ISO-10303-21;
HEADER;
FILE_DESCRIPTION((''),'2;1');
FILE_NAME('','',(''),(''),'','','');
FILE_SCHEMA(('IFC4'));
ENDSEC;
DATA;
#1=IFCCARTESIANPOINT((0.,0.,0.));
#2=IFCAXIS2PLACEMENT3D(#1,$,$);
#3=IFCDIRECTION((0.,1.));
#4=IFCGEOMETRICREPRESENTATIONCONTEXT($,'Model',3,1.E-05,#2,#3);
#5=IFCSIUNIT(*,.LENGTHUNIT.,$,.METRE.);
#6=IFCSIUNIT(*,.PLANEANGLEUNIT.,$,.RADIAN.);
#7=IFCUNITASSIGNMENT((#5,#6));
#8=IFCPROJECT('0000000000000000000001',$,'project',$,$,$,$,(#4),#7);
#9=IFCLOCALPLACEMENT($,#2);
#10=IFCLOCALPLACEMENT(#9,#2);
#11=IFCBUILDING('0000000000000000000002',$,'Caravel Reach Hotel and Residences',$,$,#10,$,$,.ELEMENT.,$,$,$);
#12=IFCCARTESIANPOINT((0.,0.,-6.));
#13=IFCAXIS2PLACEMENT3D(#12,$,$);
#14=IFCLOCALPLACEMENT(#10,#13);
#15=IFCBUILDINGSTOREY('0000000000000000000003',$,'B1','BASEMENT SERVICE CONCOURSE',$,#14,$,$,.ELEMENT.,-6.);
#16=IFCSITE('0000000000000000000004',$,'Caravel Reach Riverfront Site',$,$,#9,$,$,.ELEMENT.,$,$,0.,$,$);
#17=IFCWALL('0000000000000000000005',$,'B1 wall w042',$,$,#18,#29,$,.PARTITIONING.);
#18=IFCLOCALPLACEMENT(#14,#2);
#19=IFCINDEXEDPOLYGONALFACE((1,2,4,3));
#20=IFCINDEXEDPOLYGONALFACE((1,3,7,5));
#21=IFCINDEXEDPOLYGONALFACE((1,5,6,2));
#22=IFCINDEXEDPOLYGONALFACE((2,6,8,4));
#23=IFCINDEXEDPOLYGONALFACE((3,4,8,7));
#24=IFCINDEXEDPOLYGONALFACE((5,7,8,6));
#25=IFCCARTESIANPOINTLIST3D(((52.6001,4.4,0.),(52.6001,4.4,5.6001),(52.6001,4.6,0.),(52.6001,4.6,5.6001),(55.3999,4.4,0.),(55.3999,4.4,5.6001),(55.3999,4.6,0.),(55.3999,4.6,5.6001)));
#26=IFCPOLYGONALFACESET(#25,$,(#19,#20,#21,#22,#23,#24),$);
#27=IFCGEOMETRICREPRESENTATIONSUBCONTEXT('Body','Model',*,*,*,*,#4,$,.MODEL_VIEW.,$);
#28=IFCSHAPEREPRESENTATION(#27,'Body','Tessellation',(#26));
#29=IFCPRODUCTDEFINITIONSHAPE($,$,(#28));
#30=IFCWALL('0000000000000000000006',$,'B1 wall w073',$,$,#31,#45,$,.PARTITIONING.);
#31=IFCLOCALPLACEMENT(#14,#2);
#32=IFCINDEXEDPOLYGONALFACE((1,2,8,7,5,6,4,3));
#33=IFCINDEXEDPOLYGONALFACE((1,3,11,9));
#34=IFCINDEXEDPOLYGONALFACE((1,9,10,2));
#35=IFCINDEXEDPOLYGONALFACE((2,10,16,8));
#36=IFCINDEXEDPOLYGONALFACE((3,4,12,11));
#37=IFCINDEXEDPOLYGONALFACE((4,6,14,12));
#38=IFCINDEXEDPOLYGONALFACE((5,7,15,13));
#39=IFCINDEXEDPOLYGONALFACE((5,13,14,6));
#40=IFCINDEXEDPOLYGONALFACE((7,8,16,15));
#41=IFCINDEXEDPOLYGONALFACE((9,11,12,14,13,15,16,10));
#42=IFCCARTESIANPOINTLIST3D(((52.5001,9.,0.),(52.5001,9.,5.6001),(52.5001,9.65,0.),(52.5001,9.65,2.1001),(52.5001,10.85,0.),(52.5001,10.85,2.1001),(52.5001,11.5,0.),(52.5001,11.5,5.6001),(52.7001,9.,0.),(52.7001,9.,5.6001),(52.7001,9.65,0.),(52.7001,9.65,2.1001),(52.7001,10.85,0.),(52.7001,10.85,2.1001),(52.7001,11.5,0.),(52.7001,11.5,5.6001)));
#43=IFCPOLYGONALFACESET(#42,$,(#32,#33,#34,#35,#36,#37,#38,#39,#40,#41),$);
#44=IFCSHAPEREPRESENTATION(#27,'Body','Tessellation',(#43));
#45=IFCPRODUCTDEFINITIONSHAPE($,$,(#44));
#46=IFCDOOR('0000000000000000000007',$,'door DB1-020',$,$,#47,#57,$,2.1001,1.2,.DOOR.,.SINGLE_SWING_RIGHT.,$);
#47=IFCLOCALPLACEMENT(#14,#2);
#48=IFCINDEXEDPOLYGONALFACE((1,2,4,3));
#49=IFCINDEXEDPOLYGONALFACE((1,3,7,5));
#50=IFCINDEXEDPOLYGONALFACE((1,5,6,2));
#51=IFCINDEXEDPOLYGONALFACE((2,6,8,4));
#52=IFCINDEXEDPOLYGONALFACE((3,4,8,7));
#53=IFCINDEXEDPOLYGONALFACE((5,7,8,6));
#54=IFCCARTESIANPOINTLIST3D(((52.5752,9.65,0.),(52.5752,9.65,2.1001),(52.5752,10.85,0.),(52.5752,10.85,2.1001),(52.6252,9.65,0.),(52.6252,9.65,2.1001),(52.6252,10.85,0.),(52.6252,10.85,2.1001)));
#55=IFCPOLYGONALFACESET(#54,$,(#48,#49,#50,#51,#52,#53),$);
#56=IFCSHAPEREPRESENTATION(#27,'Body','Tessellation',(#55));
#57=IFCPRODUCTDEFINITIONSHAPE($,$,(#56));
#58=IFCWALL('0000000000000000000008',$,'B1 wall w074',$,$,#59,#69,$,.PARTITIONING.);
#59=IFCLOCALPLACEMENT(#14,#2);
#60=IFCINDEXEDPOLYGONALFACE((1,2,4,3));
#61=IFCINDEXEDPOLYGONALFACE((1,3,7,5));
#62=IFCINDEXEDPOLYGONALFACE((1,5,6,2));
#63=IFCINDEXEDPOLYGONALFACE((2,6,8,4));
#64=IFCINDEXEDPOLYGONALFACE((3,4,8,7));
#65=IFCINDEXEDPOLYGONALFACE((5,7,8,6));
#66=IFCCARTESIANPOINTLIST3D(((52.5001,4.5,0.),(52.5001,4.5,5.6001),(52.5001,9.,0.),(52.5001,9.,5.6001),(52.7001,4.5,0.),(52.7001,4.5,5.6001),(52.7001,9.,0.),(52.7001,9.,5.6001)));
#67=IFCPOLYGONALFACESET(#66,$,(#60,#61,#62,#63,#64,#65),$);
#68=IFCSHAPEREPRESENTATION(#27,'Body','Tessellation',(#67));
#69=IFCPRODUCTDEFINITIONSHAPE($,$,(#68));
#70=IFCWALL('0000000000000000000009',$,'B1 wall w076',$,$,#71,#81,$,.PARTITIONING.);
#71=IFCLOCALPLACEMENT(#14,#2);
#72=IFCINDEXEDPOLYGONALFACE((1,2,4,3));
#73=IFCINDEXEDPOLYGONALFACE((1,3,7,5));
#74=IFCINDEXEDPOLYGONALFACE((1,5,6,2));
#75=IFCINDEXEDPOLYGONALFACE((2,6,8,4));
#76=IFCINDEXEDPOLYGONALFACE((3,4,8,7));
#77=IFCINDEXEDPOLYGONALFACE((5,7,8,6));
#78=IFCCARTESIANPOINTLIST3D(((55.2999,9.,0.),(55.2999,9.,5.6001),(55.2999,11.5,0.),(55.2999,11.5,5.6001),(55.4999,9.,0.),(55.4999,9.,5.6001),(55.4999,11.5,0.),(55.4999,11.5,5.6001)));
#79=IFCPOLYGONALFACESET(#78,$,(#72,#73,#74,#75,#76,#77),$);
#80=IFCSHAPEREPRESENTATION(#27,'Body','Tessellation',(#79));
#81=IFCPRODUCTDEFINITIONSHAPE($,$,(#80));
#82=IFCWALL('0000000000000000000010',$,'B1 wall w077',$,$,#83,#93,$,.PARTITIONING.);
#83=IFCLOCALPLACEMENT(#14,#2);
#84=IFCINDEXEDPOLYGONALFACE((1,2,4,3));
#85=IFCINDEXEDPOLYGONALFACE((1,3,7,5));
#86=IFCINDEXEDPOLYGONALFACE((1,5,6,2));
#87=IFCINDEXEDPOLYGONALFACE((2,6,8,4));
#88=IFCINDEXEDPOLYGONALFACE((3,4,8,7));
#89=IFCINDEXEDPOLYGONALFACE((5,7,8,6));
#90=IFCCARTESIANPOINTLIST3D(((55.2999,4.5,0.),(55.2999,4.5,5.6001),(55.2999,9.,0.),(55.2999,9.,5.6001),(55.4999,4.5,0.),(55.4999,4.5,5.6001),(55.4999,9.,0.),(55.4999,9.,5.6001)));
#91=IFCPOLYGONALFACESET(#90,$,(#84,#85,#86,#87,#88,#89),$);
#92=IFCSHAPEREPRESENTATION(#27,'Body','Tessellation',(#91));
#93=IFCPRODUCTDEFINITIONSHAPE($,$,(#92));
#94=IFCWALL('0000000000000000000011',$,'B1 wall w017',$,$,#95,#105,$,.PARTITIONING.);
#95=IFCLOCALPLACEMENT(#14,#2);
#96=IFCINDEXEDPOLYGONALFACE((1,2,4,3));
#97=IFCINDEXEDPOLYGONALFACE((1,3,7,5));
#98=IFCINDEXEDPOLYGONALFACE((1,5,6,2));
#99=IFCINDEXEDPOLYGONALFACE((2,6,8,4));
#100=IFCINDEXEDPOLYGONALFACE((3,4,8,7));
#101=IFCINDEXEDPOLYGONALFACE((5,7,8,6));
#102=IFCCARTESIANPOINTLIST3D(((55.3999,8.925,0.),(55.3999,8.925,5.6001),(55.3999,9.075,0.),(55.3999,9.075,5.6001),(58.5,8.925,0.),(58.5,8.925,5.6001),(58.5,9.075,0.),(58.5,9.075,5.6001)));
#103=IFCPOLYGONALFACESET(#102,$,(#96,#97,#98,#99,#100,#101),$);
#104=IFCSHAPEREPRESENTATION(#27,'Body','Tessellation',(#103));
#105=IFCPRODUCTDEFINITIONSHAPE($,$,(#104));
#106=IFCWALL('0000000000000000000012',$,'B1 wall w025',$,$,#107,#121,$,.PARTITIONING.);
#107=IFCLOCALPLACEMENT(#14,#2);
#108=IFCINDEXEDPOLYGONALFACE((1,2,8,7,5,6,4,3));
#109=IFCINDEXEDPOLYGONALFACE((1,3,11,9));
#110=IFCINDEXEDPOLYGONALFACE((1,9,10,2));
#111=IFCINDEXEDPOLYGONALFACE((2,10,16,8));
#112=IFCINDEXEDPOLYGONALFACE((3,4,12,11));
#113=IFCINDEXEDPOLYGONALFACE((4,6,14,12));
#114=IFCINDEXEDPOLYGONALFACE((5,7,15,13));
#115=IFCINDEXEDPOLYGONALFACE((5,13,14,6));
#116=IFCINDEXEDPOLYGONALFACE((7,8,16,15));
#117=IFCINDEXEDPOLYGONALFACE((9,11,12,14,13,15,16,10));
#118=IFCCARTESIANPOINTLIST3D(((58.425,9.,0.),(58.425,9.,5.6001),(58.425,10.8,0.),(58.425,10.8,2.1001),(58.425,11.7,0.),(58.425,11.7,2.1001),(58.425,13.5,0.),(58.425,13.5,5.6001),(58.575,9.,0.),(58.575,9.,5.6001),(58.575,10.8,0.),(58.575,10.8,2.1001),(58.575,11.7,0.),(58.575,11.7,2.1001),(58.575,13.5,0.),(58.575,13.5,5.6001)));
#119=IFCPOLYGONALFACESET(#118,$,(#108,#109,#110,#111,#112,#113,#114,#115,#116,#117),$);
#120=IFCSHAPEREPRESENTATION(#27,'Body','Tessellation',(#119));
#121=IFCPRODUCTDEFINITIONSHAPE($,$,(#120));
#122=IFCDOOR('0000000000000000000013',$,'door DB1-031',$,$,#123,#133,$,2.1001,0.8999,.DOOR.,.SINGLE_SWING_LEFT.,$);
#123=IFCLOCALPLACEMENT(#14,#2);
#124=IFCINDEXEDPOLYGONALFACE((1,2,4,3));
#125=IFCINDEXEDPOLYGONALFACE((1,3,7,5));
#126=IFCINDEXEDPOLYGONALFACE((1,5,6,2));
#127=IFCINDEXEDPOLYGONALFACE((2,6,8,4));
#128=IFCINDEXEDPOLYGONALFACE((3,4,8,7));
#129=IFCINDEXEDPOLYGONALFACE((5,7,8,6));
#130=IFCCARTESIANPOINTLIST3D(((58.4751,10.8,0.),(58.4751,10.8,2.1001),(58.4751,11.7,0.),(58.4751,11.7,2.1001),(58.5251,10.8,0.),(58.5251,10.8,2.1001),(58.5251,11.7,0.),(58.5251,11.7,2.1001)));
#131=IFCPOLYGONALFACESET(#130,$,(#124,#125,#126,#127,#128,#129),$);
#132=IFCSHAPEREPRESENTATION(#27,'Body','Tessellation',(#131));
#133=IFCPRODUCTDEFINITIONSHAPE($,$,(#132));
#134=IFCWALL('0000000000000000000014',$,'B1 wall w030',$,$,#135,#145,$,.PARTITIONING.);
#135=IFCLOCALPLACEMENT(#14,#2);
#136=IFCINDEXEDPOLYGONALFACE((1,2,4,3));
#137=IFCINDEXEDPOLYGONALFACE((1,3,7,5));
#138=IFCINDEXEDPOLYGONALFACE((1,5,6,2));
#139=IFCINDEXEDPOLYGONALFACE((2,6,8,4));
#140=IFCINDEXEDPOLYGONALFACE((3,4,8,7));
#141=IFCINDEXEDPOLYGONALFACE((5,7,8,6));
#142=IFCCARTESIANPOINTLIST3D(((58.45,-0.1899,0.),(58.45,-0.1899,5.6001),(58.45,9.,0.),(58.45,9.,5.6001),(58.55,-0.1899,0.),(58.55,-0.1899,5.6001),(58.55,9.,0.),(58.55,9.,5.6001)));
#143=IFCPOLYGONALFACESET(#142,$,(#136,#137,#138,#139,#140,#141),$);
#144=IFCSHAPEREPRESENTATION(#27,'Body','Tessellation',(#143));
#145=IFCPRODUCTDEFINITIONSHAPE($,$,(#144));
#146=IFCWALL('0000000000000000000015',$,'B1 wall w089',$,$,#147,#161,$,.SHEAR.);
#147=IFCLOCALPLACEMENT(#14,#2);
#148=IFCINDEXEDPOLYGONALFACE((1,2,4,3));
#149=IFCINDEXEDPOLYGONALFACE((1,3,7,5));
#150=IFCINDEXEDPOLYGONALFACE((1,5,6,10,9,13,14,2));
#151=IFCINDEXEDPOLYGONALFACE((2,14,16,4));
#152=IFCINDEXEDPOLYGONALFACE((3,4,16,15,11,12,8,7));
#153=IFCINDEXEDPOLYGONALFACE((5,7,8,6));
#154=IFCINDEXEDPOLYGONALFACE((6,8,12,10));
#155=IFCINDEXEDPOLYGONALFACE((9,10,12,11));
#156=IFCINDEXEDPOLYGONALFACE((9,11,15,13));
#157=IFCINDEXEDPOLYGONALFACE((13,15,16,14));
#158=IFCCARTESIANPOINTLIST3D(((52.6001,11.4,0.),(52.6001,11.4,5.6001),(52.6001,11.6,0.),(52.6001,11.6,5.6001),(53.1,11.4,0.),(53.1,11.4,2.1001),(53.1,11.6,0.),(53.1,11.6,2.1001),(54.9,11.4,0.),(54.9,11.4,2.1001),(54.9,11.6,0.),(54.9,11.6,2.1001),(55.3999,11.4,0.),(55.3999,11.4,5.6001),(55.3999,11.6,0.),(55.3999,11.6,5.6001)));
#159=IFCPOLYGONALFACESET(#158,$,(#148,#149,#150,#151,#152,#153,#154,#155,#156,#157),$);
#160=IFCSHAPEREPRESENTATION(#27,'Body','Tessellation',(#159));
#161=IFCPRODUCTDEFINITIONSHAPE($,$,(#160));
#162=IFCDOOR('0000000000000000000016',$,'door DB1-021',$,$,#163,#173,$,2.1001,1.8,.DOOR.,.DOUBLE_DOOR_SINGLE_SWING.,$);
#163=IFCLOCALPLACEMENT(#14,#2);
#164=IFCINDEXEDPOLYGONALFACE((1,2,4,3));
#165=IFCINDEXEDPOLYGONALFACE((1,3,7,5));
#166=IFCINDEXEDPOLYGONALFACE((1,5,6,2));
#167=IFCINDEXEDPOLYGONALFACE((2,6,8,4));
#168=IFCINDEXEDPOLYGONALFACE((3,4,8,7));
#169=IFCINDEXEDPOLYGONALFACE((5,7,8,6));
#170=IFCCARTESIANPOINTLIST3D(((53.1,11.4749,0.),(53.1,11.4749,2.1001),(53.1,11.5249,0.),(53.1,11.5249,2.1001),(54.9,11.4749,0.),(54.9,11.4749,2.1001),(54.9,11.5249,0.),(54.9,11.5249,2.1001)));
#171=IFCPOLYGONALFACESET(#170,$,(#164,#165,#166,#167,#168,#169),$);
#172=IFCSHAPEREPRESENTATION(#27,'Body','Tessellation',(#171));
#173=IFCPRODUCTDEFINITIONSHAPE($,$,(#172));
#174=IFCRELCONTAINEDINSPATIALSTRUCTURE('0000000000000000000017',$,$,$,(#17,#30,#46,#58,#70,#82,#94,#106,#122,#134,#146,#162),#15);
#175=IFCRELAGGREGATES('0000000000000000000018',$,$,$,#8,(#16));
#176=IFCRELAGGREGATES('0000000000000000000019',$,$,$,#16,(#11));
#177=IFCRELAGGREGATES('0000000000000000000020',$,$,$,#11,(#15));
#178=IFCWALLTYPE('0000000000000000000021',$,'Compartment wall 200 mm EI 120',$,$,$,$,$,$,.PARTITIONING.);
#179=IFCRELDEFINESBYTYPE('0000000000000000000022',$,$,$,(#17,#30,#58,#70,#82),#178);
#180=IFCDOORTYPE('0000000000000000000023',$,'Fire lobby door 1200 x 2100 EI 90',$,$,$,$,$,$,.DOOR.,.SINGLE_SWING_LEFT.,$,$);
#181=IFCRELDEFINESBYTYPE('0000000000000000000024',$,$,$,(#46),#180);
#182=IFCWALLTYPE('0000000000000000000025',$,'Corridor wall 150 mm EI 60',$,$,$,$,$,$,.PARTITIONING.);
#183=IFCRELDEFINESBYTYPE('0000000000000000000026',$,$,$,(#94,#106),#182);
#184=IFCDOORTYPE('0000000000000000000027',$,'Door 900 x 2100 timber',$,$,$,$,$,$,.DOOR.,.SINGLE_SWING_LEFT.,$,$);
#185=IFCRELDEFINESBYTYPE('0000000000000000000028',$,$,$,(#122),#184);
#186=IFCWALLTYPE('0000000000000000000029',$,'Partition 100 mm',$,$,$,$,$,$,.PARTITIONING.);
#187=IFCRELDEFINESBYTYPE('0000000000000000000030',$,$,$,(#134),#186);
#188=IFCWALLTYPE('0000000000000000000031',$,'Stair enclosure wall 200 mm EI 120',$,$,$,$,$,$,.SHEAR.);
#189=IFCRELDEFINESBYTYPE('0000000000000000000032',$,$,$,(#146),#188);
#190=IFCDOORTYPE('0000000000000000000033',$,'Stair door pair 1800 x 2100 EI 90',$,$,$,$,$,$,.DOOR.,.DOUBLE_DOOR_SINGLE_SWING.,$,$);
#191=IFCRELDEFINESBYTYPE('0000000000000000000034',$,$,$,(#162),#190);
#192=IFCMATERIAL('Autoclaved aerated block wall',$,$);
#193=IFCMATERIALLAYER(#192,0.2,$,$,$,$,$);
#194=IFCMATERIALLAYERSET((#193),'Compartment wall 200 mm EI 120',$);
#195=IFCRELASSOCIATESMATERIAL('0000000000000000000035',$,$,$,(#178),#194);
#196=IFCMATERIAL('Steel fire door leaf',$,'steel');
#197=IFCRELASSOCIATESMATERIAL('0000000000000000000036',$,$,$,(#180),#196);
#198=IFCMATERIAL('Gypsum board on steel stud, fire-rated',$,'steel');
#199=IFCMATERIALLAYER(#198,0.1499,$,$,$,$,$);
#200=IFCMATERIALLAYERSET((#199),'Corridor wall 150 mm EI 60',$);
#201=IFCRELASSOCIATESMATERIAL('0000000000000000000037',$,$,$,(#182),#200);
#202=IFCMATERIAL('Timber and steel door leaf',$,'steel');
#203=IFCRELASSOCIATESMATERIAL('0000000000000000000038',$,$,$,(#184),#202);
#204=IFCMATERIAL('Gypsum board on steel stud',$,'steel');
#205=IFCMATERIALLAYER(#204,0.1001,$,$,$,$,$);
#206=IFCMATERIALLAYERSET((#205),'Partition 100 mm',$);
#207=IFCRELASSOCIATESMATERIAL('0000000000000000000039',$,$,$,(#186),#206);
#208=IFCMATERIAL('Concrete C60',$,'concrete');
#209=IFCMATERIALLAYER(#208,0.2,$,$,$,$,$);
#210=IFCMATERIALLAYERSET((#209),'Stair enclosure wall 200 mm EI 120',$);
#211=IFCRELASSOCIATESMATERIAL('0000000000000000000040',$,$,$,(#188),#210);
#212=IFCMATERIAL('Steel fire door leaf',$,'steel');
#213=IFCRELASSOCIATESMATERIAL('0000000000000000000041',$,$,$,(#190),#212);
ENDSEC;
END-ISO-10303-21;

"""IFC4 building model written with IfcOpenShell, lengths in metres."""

from ifc_helpers import new_model, si_unit, direction, frame, frame_2d, origin, place, context, subcontext, project, spatial, rectangle, extrude, material, layer, layer_set, type_object, element, fill, save


model = new_model("IFC4")

# Units and contexts
model_context = context("Model", 3, precision=1e-05, world=origin(), true_north=direction((0.0, 1.0)))
body_context = subcontext(model_context, "Body", "Model", "MODEL_VIEW")
ifc_project = project(units=[si_unit("LENGTHUNIT", "METRE"), si_unit("PLANEANGLEUNIT", "RADIAN")], contexts=[model_context])

# Site, building, storey
site_placement = place(None, origin())
site = spatial("IfcSite", under=ifc_project, at=site_placement, Name="Caravel Reach Riverfront Site", CompositionType="ELEMENT", RefElevation=0.0)
building_placement = place(site_placement, origin())
building = spatial("IfcBuilding", under=site, at=building_placement, Name="Caravel Reach Hotel and Residences", CompositionType="ELEMENT")
storey_placement = place(building_placement, frame((0.0, 0.0, -6.0)))
storey = spatial("IfcBuildingStorey", under=building, at=storey_placement, Name="B1", Description="BASEMENT SERVICE CONCOURSE", CompositionType="ELEMENT", Elevation=-6.0)

# Wall
ifc_material_1 = material(Name="Autoclaved aerated block wall")
ifc_layer_1 = layer(ifc_material_1, 0.2)
ifc_layer_set_1 = layer_set([ifc_layer_1], Name="Compartment wall 200 mm EI 120")
wall_type_1 = type_object("IfcWallType", Name="Compartment wall 200 mm EI 120", PredefinedType="PARTITIONING", material=ifc_layer_set_1)
wall_1_placement = place(storey_placement, frame((52.6001, 4.5, 0.0), z_axis=(0.0, 0.0, 1.0), x_axis=(1.0, 0.0, 0.0)))
element("IfcWall", 1, at=wall_1_placement, inside=storey, type_object=wall_type_1, Name="B1 wall w042", PredefinedType="PARTITIONING", context=body_context, shape_type="SweptSolid", body=[
    extrude(rectangle(XDim=2.7998, YDim=0.2, at=frame_2d((1.3999, 0.0))), origin(), (0.0, 0.0, 1.0), 5.6001),
])

# Wall, opening, door
wall_2_placement = place(storey_placement, frame((52.6001, 9.0, 0.0), z_axis=(0.0, 0.0, 1.0), x_axis=(0.0, 1.0, 0.0)))
wall_2 = element("IfcWall", 2, at=wall_2_placement, inside=storey, type_object=wall_type_1, Name="B1 wall w073", PredefinedType="PARTITIONING", context=body_context, shape_type="SweptSolid", body=[
    extrude(rectangle(XDim=2.5, YDim=0.2, at=frame_2d((1.25, 0.0))), origin(), (0.0, 0.0, 1.0), 5.6001),
])
opening_1_placement = place(wall_2_placement, frame((0.6499, 0.0, 0.0)))
opening_1 = element("IfcOpeningElement", 3, at=opening_1_placement, cuts=wall_2, PredefinedType="OPENING", context=body_context, shape_type="SweptSolid", body=[
    extrude(rectangle(XDim=1.2, YDim=2.1001, at=frame_2d((0.6001, 1.05))), frame((0.0, 0.1099, 0.0), z_axis=(0.0, -1.0, 0.0), x_axis=(1.0, 0.0, 0.0)), (0.0, 0.0, 1.0), 0.22),
])
ifc_material_2 = material(Name="Steel fire door leaf", Category="steel")
door_type_1 = type_object("IfcDoorType", Name="Fire lobby door 1200 x 2100 EI 90", OperationType="SINGLE_SWING_LEFT", PredefinedType="DOOR", material=ifc_material_2)
door_1_placement = place(opening_1_placement, origin())
door_1 = element("IfcDoor", 4, at=door_1_placement, inside=storey, type_object=door_type_1, Name="door DB1-020", OperationType="SINGLE_SWING_RIGHT", OverallHeight=2.1001, OverallWidth=1.2, PredefinedType="DOOR", context=body_context, shape_type="SweptSolid", body=[
    extrude(rectangle(XDim=1.2, YDim=2.1001, at=frame_2d((0.6001, 1.05))), frame((0.0, 0.0249, 0.0), z_axis=(0.0, -1.0, 0.0), x_axis=(1.0, 0.0, 0.0)), (0.0, 0.0, 1.0), 0.05),
])
fill(opening_1, door_1)

# Walls
wall_3_placement = place(storey_placement, frame((52.6001, 4.5, 0.0), z_axis=(0.0, 0.0, 1.0), x_axis=(0.0, 1.0, 0.0)))
element("IfcWall", 5, at=wall_3_placement, inside=storey, type_object=wall_type_1, Name="B1 wall w074", PredefinedType="PARTITIONING", context=body_context, shape_type="SweptSolid", body=[
    extrude(rectangle(XDim=4.5, YDim=0.2, at=frame_2d((2.25, 0.0))), origin(), (0.0, 0.0, 1.0), 5.6001),
])
wall_4_placement = place(storey_placement, frame((55.3999, 9.0, 0.0), z_axis=(0.0, 0.0, 1.0), x_axis=(0.0, 1.0, 0.0)))
element("IfcWall", 6, at=wall_4_placement, inside=storey, type_object=wall_type_1, Name="B1 wall w076", PredefinedType="PARTITIONING", context=body_context, shape_type="SweptSolid", body=[
    extrude(rectangle(XDim=2.5, YDim=0.2, at=frame_2d((1.25, 0.0))), origin(), (0.0, 0.0, 1.0), 5.6001),
])
wall_5_placement = place(storey_placement, frame((55.3999, 4.5, 0.0), z_axis=(0.0, 0.0, 1.0), x_axis=(0.0, 1.0, 0.0)))
element("IfcWall", 7, at=wall_5_placement, inside=storey, type_object=wall_type_1, Name="B1 wall w077", PredefinedType="PARTITIONING", context=body_context, shape_type="SweptSolid", body=[
    extrude(rectangle(XDim=4.5, YDim=0.2, at=frame_2d((2.25, 0.0))), origin(), (0.0, 0.0, 1.0), 5.6001),
])
ifc_material_3 = material(Name="Gypsum board on steel stud, fire-rated", Category="steel")
ifc_layer_2 = layer(ifc_material_3, 0.1499)
ifc_layer_set_2 = layer_set([ifc_layer_2], Name="Corridor wall 150 mm EI 60")
wall_type_2 = type_object("IfcWallType", Name="Corridor wall 150 mm EI 60", PredefinedType="PARTITIONING", material=ifc_layer_set_2)
wall_6_placement = place(storey_placement, frame((55.3999, 9.0, 0.0), z_axis=(0.0, 0.0, 1.0), x_axis=(1.0, 0.0, 0.0)))
element("IfcWall", 8, at=wall_6_placement, inside=storey, type_object=wall_type_2, Name="B1 wall w017", PredefinedType="PARTITIONING", context=body_context, shape_type="SweptSolid", body=[
    extrude(rectangle(XDim=3.1001, YDim=0.1499, at=frame_2d((1.55, 0.0))), origin(), (0.0, 0.0, 1.0), 5.6001),
])

# Wall, opening, door
wall_7_placement = place(storey_placement, frame((58.5, 9.0, 0.0), z_axis=(0.0, 0.0, 1.0), x_axis=(0.0, 1.0, 0.0)))
wall_7 = element("IfcWall", 9, at=wall_7_placement, inside=storey, type_object=wall_type_2, Name="B1 wall w025", PredefinedType="PARTITIONING", context=body_context, shape_type="SweptSolid", body=[
    extrude(rectangle(XDim=4.5, YDim=0.1499, at=frame_2d((2.25, 0.0))), origin(), (0.0, 0.0, 1.0), 5.6001),
])
opening_2_placement = place(wall_7_placement, frame((1.8, 0.0, 0.0)))
opening_2 = element("IfcOpeningElement", 10, at=opening_2_placement, cuts=wall_7, PredefinedType="OPENING", context=body_context, shape_type="SweptSolid", body=[
    extrude(rectangle(XDim=0.8999, YDim=2.1001, at=frame_2d((0.45, 1.05))), frame((0.0, 0.085, 0.0), z_axis=(0.0, -1.0, 0.0), x_axis=(1.0, 0.0, 0.0)), (0.0, 0.0, 1.0), 0.1699),
])
ifc_material_4 = material(Name="Timber and steel door leaf", Category="steel")
door_type_2 = type_object("IfcDoorType", Name="Door 900 x 2100 timber", OperationType="SINGLE_SWING_LEFT", PredefinedType="DOOR", material=ifc_material_4)
door_2_placement = place(opening_2_placement, origin())
door_2 = element("IfcDoor", 11, at=door_2_placement, inside=storey, type_object=door_type_2, Name="door DB1-031", OperationType="SINGLE_SWING_LEFT", OverallHeight=2.1001, OverallWidth=0.8999, PredefinedType="DOOR", context=body_context, shape_type="SweptSolid", body=[
    extrude(rectangle(XDim=0.8999, YDim=2.1001, at=frame_2d((0.45, 1.05))), frame((0.0, 0.0249, 0.0), z_axis=(0.0, -1.0, 0.0), x_axis=(1.0, 0.0, 0.0)), (0.0, 0.0, 1.0), 0.05),
])
fill(opening_2, door_2)

# Wall
ifc_material_5 = material(Name="Gypsum board on steel stud", Category="steel")
ifc_layer_3 = layer(ifc_material_5, 0.1001)
ifc_layer_set_3 = layer_set([ifc_layer_3], Name="Partition 100 mm")
wall_type_3 = type_object("IfcWallType", Name="Partition 100 mm", PredefinedType="PARTITIONING", material=ifc_layer_set_3)
wall_8_placement = place(storey_placement, frame((58.5, -0.1899, 0.0), z_axis=(0.0, 0.0, 1.0), x_axis=(0.0, 1.0, 0.0)))
element("IfcWall", 12, at=wall_8_placement, inside=storey, type_object=wall_type_3, Name="B1 wall w030", PredefinedType="PARTITIONING", context=body_context, shape_type="SweptSolid", body=[
    extrude(rectangle(XDim=9.1899, YDim=0.1001, at=frame_2d((4.595, 0.0))), origin(), (0.0, 0.0, 1.0), 5.6001),
])

# Wall, opening, door
ifc_material_6 = material(Name="Concrete C60", Category="concrete")
ifc_layer_4 = layer(ifc_material_6, 0.2)
ifc_layer_set_4 = layer_set([ifc_layer_4], Name="Stair enclosure wall 200 mm EI 120")
wall_type_4 = type_object("IfcWallType", Name="Stair enclosure wall 200 mm EI 120", PredefinedType="SHEAR", material=ifc_layer_set_4)
wall_9_placement = place(storey_placement, frame((52.6001, 11.5, 0.0), z_axis=(0.0, 0.0, 1.0), x_axis=(1.0, 0.0, 0.0)))
wall_9 = element("IfcWall", 13, at=wall_9_placement, inside=storey, type_object=wall_type_4, Name="B1 wall w089", PredefinedType="SHEAR", context=body_context, shape_type="SweptSolid", body=[
    extrude(rectangle(XDim=2.7998, YDim=0.2, at=frame_2d((1.3999, 0.0))), origin(), (0.0, 0.0, 1.0), 5.6001),
])
opening_3_placement = place(wall_9_placement, frame((0.5, 0.0, 0.0)))
opening_3 = element("IfcOpeningElement", 14, at=opening_3_placement, cuts=wall_9, PredefinedType="OPENING", context=body_context, shape_type="SweptSolid", body=[
    extrude(rectangle(XDim=1.8, YDim=2.1001, at=frame_2d((0.8999, 1.05))), frame((0.0, 0.1099, 0.0), z_axis=(0.0, -1.0, 0.0), x_axis=(1.0, 0.0, 0.0)), (0.0, 0.0, 1.0), 0.22),
])
ifc_material_7 = material(Name="Steel fire door leaf", Category="steel")
door_type_3 = type_object("IfcDoorType", Name="Stair door pair 1800 x 2100 EI 90", OperationType="DOUBLE_DOOR_SINGLE_SWING", PredefinedType="DOOR", material=ifc_material_7)
door_3_placement = place(opening_3_placement, origin())
door_3 = element("IfcDoor", 15, at=door_3_placement, inside=storey, type_object=door_type_3, Name="door DB1-021", OperationType="DOUBLE_DOOR_SINGLE_SWING", OverallHeight=2.1001, OverallWidth=1.8, PredefinedType="DOOR", context=body_context, shape_type="SweptSolid", body=[
    extrude(rectangle(XDim=1.8, YDim=2.1001, at=frame_2d((0.8999, 1.05))), frame((0.0, 0.0249, 0.0), z_axis=(0.0, -1.0, 0.0), x_axis=(1.0, 0.0, 0.0)), (0.0, 0.0, 1.0), 0.05),
])
fill(opening_3, door_3)

save(model, "model.ifc")
